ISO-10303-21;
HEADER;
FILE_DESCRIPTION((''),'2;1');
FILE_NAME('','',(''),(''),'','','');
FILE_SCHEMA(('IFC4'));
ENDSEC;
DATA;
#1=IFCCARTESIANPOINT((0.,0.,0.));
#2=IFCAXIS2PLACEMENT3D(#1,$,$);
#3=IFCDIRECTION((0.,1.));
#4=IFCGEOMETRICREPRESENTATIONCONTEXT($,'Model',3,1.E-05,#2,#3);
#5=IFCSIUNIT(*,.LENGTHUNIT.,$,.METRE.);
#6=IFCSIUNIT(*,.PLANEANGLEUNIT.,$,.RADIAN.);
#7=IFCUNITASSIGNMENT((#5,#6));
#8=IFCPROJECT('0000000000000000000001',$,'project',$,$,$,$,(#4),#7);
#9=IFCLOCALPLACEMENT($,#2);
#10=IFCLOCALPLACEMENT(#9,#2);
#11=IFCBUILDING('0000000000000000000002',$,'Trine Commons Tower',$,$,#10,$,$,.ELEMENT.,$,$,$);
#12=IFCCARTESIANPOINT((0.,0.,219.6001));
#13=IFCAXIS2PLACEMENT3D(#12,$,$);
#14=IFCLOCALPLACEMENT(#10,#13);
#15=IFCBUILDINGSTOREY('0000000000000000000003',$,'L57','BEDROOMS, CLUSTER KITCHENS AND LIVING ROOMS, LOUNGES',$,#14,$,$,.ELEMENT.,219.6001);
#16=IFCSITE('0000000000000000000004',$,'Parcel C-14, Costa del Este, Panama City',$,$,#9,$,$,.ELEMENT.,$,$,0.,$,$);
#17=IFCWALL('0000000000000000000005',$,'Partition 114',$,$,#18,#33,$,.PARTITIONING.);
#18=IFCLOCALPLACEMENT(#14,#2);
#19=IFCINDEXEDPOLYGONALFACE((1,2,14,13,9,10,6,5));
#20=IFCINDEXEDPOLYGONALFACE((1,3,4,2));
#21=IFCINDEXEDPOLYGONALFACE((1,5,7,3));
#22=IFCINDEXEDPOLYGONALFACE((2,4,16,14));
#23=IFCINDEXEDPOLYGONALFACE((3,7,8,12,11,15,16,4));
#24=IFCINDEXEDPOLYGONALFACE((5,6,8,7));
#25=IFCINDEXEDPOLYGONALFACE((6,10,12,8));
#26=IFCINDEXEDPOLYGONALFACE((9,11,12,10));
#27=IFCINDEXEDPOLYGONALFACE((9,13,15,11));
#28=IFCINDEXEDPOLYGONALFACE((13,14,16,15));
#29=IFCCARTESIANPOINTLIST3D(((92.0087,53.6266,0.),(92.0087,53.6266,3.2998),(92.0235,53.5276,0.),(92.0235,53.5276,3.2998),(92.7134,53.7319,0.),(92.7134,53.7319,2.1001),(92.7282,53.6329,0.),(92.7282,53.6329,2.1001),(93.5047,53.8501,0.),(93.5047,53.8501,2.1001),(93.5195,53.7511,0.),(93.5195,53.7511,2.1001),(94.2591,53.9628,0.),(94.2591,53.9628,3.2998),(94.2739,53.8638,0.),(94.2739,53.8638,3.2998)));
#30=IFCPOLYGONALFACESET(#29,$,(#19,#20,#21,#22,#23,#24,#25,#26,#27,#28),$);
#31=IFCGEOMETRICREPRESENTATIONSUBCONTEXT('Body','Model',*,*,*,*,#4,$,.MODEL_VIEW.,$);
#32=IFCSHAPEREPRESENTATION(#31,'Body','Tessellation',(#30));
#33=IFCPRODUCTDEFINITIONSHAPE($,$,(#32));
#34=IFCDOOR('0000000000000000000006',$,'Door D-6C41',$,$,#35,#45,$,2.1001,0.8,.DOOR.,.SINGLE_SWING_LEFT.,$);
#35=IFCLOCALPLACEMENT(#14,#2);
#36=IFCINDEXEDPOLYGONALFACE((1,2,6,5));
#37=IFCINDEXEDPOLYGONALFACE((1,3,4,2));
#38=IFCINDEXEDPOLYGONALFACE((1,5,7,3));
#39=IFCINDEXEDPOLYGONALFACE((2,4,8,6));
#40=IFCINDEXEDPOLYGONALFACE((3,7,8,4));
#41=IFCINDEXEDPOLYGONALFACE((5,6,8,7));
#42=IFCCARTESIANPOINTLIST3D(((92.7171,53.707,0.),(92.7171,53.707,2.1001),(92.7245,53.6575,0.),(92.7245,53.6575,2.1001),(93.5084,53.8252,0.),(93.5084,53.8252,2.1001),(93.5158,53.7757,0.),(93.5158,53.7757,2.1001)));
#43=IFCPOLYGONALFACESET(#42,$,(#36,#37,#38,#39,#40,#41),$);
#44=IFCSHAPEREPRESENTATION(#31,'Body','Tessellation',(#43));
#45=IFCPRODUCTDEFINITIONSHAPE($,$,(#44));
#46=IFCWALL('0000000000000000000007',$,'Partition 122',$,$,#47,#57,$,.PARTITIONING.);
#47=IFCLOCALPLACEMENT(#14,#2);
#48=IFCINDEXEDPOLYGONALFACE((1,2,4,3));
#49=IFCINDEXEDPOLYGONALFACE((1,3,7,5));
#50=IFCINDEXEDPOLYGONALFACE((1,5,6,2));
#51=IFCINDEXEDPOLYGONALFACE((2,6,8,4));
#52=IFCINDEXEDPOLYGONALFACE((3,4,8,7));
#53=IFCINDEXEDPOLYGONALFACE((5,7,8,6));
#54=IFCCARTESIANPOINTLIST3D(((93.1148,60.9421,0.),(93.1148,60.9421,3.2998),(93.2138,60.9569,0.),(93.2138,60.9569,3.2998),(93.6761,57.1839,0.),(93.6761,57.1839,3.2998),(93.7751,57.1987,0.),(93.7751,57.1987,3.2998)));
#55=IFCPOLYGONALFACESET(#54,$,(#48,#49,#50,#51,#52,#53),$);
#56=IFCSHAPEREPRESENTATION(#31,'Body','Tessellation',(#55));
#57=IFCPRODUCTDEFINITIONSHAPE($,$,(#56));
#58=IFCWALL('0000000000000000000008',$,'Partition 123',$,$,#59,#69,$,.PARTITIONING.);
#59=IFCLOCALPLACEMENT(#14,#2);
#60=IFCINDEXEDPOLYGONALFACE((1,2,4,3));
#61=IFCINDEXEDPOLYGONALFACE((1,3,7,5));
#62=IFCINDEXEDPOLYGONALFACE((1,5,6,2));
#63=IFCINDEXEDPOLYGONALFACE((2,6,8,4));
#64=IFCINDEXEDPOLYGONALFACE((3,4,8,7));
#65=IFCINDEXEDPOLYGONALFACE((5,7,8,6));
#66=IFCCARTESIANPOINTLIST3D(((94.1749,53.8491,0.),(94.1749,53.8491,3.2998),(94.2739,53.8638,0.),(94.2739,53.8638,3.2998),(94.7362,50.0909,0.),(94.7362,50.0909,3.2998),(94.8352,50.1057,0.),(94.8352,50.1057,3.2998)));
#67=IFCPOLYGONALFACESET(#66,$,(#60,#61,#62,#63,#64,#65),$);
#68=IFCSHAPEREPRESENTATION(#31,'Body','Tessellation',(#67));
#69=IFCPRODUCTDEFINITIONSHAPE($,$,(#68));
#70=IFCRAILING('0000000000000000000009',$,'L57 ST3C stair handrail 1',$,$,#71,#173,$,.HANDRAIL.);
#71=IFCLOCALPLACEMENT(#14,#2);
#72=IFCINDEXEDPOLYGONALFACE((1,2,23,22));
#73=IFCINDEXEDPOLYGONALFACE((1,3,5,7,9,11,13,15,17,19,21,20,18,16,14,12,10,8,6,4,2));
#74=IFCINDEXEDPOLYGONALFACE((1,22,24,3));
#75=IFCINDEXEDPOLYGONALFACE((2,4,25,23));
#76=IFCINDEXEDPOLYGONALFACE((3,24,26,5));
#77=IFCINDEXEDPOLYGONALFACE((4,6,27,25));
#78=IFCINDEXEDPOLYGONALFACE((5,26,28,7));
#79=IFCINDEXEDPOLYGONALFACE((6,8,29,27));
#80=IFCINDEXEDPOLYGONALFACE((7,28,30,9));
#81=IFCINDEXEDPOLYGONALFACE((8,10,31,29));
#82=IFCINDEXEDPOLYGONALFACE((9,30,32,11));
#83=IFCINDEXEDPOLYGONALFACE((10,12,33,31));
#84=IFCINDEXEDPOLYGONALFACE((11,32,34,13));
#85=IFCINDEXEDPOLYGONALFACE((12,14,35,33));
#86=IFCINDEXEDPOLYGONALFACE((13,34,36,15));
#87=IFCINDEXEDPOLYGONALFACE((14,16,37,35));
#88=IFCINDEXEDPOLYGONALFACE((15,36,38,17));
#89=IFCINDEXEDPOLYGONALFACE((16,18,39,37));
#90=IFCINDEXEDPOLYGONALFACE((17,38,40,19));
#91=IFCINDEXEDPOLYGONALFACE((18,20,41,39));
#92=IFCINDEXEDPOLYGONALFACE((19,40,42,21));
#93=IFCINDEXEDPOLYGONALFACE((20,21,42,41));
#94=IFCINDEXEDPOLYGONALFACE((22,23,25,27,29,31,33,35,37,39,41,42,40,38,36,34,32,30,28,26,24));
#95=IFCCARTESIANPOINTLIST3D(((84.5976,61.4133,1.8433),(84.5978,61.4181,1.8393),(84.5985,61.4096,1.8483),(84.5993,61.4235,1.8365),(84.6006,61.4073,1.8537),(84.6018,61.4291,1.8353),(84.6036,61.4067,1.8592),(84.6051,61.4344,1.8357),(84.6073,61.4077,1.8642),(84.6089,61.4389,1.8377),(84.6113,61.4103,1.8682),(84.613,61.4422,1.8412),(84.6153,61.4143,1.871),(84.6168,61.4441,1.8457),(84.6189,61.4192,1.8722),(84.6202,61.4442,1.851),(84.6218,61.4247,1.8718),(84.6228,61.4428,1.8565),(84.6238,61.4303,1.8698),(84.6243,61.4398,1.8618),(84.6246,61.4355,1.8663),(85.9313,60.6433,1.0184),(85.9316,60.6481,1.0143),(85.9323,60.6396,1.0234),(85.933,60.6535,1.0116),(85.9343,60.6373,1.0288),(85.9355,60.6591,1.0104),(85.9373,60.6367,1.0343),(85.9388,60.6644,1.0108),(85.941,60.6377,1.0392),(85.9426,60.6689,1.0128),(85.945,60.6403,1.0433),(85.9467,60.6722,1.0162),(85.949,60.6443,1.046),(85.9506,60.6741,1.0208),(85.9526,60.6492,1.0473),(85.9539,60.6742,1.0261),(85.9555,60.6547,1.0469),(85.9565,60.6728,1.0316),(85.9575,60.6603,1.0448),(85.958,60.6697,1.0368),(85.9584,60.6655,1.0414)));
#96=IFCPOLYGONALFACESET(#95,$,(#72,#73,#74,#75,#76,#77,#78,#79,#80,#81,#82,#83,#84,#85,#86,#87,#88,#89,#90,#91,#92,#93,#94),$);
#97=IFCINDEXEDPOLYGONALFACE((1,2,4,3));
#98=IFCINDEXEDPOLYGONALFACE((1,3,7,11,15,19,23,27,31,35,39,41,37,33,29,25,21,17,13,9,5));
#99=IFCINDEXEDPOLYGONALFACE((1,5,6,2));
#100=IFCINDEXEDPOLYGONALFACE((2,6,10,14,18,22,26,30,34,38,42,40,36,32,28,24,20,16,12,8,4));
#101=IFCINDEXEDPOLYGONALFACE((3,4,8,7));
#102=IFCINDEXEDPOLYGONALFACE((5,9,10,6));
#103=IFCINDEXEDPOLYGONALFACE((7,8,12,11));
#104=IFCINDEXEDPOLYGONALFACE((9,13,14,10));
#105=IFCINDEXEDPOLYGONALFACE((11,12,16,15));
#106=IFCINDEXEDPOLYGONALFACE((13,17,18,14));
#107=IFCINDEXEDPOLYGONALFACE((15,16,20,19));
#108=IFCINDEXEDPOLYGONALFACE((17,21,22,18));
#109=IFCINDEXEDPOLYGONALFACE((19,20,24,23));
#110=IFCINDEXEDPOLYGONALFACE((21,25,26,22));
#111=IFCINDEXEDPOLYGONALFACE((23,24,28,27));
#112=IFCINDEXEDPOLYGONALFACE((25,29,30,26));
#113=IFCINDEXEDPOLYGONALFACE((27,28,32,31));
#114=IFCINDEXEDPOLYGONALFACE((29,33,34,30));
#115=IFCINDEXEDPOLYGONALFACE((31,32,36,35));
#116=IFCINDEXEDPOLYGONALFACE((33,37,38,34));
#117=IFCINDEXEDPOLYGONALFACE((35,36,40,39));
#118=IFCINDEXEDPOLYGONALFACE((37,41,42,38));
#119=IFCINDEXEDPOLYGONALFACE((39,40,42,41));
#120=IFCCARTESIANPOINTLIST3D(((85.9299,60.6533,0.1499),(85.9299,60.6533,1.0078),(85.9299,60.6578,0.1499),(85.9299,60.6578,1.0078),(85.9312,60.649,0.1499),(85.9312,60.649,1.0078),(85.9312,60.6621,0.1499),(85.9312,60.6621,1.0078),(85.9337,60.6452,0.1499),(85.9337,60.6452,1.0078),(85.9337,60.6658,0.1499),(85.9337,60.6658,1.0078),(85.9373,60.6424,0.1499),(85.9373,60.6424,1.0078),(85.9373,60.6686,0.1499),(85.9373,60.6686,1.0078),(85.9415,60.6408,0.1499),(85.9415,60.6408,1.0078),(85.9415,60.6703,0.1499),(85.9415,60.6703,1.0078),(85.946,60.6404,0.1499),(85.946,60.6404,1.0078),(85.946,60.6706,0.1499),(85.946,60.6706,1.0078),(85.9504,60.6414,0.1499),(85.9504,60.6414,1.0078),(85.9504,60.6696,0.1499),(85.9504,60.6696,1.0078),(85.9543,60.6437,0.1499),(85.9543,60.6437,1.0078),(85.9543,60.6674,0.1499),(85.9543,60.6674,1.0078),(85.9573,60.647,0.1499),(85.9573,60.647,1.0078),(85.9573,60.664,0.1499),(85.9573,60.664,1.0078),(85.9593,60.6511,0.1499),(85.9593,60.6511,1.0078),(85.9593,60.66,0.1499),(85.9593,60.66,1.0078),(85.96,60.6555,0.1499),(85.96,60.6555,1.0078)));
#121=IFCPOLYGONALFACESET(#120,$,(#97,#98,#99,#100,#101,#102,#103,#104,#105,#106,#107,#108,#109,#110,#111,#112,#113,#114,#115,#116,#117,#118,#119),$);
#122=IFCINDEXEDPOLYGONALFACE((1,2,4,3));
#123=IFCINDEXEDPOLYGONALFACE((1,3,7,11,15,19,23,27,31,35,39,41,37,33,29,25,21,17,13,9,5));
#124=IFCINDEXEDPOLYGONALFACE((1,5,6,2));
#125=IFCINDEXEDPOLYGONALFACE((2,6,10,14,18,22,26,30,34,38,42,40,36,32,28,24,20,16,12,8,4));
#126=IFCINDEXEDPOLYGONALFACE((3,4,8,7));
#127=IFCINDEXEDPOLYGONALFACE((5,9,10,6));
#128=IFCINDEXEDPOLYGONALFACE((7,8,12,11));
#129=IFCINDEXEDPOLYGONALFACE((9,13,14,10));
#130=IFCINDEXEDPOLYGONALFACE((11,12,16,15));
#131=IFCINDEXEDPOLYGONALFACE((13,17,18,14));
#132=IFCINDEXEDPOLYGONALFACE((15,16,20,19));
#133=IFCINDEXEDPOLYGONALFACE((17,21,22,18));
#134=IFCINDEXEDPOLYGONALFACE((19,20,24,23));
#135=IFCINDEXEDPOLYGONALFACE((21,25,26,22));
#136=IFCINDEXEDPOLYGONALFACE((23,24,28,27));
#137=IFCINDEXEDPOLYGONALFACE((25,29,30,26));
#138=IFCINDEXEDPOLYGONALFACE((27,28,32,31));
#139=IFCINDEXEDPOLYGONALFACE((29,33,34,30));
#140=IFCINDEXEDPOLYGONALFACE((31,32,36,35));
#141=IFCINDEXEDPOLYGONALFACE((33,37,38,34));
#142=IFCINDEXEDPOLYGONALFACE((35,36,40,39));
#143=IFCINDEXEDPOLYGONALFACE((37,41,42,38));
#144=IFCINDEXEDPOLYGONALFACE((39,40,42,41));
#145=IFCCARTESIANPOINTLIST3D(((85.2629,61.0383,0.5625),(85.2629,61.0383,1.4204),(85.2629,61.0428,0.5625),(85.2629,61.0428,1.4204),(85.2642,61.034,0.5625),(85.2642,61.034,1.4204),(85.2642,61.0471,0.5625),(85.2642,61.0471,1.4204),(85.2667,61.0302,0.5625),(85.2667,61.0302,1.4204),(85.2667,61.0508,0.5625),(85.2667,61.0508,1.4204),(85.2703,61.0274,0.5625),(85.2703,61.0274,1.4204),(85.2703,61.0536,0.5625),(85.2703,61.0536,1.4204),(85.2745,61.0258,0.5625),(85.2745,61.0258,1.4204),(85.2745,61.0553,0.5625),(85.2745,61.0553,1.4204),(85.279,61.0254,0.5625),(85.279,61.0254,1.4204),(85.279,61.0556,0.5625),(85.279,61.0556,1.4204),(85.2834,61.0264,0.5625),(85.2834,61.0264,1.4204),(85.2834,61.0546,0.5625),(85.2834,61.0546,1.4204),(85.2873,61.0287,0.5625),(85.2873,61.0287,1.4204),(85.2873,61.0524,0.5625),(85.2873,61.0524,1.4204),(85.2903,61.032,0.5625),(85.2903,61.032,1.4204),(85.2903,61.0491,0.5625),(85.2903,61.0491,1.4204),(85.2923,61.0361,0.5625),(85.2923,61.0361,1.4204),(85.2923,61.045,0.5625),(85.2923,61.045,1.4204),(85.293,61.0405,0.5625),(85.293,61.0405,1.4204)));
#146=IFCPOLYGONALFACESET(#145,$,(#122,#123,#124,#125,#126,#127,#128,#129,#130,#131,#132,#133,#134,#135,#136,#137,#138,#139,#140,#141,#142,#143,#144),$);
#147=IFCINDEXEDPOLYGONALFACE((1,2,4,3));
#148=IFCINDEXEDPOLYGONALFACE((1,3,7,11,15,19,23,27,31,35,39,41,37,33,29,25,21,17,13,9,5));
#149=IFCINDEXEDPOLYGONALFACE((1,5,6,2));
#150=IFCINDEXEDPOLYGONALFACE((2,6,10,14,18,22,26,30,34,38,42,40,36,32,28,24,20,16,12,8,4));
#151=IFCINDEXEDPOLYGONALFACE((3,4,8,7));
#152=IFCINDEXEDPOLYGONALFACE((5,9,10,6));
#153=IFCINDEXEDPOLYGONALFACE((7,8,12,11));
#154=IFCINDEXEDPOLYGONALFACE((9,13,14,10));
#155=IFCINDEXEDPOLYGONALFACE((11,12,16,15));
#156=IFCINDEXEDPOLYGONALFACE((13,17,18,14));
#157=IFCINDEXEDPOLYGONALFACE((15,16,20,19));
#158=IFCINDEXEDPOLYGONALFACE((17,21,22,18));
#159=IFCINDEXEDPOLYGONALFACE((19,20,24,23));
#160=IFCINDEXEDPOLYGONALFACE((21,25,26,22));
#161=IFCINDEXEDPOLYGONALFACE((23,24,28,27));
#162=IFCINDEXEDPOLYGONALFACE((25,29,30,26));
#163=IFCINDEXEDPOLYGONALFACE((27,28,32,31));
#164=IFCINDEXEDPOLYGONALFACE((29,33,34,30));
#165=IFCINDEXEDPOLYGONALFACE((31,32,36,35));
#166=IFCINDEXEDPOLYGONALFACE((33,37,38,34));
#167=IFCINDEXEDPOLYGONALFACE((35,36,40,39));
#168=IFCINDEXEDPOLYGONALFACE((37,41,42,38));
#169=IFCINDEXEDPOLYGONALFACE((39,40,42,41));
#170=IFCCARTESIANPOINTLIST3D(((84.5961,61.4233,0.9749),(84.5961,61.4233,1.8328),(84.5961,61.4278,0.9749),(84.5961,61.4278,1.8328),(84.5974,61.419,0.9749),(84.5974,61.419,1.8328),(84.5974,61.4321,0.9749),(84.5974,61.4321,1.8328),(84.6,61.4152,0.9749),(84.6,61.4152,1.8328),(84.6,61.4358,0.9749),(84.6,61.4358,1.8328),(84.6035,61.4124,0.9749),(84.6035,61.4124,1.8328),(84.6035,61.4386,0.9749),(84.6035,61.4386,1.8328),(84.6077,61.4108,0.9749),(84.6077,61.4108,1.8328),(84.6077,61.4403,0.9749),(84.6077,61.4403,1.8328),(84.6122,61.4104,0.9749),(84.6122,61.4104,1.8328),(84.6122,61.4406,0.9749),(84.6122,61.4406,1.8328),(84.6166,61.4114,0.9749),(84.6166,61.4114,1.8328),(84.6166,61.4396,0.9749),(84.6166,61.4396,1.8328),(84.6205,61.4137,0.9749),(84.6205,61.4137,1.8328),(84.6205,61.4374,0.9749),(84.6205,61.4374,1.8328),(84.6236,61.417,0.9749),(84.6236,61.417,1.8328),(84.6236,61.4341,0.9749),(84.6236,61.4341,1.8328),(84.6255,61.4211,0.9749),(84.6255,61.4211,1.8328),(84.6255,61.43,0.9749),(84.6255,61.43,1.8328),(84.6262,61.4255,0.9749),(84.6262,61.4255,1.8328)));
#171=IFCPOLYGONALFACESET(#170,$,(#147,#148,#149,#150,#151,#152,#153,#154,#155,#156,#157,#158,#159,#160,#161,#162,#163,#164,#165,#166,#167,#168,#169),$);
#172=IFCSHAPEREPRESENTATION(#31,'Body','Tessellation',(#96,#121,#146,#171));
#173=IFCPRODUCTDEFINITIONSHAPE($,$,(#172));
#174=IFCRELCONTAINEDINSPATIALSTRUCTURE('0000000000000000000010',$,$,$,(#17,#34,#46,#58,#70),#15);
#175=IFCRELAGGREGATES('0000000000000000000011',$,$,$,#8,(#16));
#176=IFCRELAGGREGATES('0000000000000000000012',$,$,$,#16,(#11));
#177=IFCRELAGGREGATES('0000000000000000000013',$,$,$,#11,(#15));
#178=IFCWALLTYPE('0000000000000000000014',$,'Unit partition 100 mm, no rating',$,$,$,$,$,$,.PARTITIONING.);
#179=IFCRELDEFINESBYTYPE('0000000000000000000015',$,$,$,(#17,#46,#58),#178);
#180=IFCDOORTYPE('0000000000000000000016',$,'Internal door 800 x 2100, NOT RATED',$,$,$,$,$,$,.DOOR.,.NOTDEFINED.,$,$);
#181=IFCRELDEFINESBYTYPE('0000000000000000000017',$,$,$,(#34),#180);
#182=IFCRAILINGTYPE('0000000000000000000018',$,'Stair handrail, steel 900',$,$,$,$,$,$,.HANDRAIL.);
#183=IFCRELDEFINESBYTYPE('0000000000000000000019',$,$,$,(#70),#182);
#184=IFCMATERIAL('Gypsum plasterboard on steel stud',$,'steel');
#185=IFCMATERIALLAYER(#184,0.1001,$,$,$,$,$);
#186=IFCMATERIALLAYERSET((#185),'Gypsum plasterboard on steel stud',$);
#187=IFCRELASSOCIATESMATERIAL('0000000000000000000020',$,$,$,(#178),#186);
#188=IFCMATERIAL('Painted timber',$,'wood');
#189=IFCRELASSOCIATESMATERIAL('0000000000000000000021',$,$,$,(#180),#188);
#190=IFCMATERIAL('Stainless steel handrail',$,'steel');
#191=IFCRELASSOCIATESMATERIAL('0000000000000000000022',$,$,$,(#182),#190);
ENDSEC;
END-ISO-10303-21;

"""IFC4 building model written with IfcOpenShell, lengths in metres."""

from ifc_helpers import new_model, si_unit, direction, frame, frame_2d, origin, origin_2d, place, context, subcontext, project, spatial, rectangle, circle, extrude, material, layer, layer_set, type_object, element, fill, save


model = new_model("IFC4")

# Units and contexts
model_context = context("Model", 3, precision=1e-05, world=origin(), true_north=direction((0.0, 1.0)))
body_context = subcontext(model_context, "Body", "Model", "MODEL_VIEW")
ifc_project = project(units=[si_unit("LENGTHUNIT", "METRE"), si_unit("PLANEANGLEUNIT", "RADIAN")], contexts=[model_context])

# Site, building, storey
site_placement = place(None, origin())
site = spatial("IfcSite", under=ifc_project, at=site_placement, Name="Parcel C-14, Costa del Este, Panama City", CompositionType="ELEMENT", RefElevation=0.0)
building_placement = place(site_placement, origin())
building = spatial("IfcBuilding", under=site, at=building_placement, Name="Trine Commons Tower", CompositionType="ELEMENT")
storey_placement = place(building_placement, frame((0.0, 0.0, 219.6001)))
storey = spatial("IfcBuildingStorey", under=building, at=storey_placement, Name="L57", Description="BEDROOMS, CLUSTER KITCHENS AND LIVING ROOMS, LOUNGES", CompositionType="ELEMENT", Elevation=219.6001)

# Shared definitions
ifc_material_1 = material(Name="Gypsum plasterboard on steel stud", Category="steel")

# Wall, opening, door
ifc_layer_1 = layer(ifc_material_1, 0.1001)
ifc_layer_set_1 = layer_set([ifc_layer_1], Name="Gypsum plasterboard on steel stud")
wall_type_1 = type_object("IfcWallType", Name="Unit partition 100 mm, no rating", PredefinedType="PARTITIONING", material=ifc_layer_set_1)
ifc_material_2 = material(Name="Painted timber", Category="wood")
door_type_1 = type_object("IfcDoorType", Name="Internal door 800 x 2100, NOT RATED", OperationType="NOTDEFINED", PredefinedType="DOOR", material=ifc_material_2)
wall_1_placement = place(storey_placement, frame((92.0161, 53.5771, 0.0), z_axis=(0.0, 0.0, 1.0), x_axis=(0.989026, 0.147742, 0.0)))
wall_1 = element("IfcWall", 1, at=wall_1_placement, inside=storey, type_object=wall_type_1, Name="Partition 114", PredefinedType="PARTITIONING", context=body_context, shape_type="SweptSolid", body=[
    extrude(rectangle(XDim=2.2754, YDim=0.1001, at=frame_2d((1.1377, 0.0))), origin(), (0.0, 0.0, 1.0), 3.2998),
])
opening_1_placement = place(wall_1_placement, frame((0.7126, 0.0, 0.0)))
opening_1 = element("IfcOpeningElement", 2, at=opening_1_placement, cuts=wall_1, PredefinedType="OPENING", context=body_context, shape_type="SweptSolid", body=[
    extrude(rectangle(XDim=0.8, YDim=2.1001, at=frame_2d((0.3999, 1.05))), frame((0.0, 0.0601, 0.0), z_axis=(0.0, -1.0, 0.0), x_axis=(1.0, 0.0, 0.0)), (0.0, 0.0, 1.0), 0.1201),
])
door_1_placement = place(opening_1_placement, origin())
door_1 = element("IfcDoor", 3, at=door_1_placement, inside=storey, type_object=door_type_1, Name="Door D-6C41", OperationType="SINGLE_SWING_LEFT", OverallHeight=2.1001, OverallWidth=0.8, PredefinedType="DOOR", context=body_context, shape_type="SweptSolid", body=[
    extrude(rectangle(XDim=0.8, YDim=2.1001, at=frame_2d((0.3999, 1.05))), frame((0.0, 0.0249, 0.0), z_axis=(0.0, -1.0, 0.0), x_axis=(1.0, 0.0, 0.0)), (0.0, 0.0, 1.0), 0.05),
])
fill(opening_1, door_1)

# Walls
for number, where, z_axis, x_axis, name in (
    (4, (93.1643, 60.9495, 0.0), (0.0, 0.0, 1.0), (0.147715, -0.98903, 0.0), "Partition 122"),
    (5, (94.2244, 53.8564, 0.0), (0.0, 0.0, 1.0), (0.147715, -0.98903, 0.0), "Partition 123"),
):
    element("IfcWall", number, at=place(storey_placement, frame(where, z_axis=z_axis, x_axis=x_axis)), inside=storey, type_object=wall_type_1, Name=name, PredefinedType="PARTITIONING", context=body_context, shape_type="SweptSolid", body=[
        extrude(rectangle(XDim=3.7998, YDim=0.1001, at=frame_2d((1.8999, 0.0))), origin(), (0.0, 0.0, 1.0), 3.2998),
    ])

# Railing
ifc_material_3 = material(Name="Stainless steel handrail", Category="steel")
railing_type = type_object("IfcRailingType", Name="Stair handrail, steel 900", PredefinedType="HANDRAIL", material=ifc_material_3)
railing_placement = place(storey_placement, frame((85.9448, 60.6555, 0.1499)))
element("IfcRailing", 6, at=railing_placement, inside=storey, type_object=railing_type, Name="L57 ST3C stair handrail 1", PredefinedType="HANDRAIL", context=body_context, shape_type="SweptSolid", body=[
    extrude(circle(Radius=0.021, at=origin_2d()), frame((0.0, 0.0, 0.8789), z_axis=(-0.763405, 0.440743, 0.472185), x_axis=(-0.499992, -0.86603, 0.0)), (0.0, 0.0, 1.0), 1.7471),
    extrude(circle(Radius=0.0151, at=origin_2d()), origin(), (0.0, 0.0, 1.0), 0.8579),
    extrude(circle(Radius=0.0151, at=origin_2d()), frame((-0.667, 0.385, 0.4126)), (0.0, 0.0, 1.0), 0.8579),
    extrude(circle(Radius=0.0151, at=origin_2d()), frame((-1.3337, 0.77, 0.825)), (0.0, 0.0, 1.0), 0.8579),
])

save(model, "model.ifc")
